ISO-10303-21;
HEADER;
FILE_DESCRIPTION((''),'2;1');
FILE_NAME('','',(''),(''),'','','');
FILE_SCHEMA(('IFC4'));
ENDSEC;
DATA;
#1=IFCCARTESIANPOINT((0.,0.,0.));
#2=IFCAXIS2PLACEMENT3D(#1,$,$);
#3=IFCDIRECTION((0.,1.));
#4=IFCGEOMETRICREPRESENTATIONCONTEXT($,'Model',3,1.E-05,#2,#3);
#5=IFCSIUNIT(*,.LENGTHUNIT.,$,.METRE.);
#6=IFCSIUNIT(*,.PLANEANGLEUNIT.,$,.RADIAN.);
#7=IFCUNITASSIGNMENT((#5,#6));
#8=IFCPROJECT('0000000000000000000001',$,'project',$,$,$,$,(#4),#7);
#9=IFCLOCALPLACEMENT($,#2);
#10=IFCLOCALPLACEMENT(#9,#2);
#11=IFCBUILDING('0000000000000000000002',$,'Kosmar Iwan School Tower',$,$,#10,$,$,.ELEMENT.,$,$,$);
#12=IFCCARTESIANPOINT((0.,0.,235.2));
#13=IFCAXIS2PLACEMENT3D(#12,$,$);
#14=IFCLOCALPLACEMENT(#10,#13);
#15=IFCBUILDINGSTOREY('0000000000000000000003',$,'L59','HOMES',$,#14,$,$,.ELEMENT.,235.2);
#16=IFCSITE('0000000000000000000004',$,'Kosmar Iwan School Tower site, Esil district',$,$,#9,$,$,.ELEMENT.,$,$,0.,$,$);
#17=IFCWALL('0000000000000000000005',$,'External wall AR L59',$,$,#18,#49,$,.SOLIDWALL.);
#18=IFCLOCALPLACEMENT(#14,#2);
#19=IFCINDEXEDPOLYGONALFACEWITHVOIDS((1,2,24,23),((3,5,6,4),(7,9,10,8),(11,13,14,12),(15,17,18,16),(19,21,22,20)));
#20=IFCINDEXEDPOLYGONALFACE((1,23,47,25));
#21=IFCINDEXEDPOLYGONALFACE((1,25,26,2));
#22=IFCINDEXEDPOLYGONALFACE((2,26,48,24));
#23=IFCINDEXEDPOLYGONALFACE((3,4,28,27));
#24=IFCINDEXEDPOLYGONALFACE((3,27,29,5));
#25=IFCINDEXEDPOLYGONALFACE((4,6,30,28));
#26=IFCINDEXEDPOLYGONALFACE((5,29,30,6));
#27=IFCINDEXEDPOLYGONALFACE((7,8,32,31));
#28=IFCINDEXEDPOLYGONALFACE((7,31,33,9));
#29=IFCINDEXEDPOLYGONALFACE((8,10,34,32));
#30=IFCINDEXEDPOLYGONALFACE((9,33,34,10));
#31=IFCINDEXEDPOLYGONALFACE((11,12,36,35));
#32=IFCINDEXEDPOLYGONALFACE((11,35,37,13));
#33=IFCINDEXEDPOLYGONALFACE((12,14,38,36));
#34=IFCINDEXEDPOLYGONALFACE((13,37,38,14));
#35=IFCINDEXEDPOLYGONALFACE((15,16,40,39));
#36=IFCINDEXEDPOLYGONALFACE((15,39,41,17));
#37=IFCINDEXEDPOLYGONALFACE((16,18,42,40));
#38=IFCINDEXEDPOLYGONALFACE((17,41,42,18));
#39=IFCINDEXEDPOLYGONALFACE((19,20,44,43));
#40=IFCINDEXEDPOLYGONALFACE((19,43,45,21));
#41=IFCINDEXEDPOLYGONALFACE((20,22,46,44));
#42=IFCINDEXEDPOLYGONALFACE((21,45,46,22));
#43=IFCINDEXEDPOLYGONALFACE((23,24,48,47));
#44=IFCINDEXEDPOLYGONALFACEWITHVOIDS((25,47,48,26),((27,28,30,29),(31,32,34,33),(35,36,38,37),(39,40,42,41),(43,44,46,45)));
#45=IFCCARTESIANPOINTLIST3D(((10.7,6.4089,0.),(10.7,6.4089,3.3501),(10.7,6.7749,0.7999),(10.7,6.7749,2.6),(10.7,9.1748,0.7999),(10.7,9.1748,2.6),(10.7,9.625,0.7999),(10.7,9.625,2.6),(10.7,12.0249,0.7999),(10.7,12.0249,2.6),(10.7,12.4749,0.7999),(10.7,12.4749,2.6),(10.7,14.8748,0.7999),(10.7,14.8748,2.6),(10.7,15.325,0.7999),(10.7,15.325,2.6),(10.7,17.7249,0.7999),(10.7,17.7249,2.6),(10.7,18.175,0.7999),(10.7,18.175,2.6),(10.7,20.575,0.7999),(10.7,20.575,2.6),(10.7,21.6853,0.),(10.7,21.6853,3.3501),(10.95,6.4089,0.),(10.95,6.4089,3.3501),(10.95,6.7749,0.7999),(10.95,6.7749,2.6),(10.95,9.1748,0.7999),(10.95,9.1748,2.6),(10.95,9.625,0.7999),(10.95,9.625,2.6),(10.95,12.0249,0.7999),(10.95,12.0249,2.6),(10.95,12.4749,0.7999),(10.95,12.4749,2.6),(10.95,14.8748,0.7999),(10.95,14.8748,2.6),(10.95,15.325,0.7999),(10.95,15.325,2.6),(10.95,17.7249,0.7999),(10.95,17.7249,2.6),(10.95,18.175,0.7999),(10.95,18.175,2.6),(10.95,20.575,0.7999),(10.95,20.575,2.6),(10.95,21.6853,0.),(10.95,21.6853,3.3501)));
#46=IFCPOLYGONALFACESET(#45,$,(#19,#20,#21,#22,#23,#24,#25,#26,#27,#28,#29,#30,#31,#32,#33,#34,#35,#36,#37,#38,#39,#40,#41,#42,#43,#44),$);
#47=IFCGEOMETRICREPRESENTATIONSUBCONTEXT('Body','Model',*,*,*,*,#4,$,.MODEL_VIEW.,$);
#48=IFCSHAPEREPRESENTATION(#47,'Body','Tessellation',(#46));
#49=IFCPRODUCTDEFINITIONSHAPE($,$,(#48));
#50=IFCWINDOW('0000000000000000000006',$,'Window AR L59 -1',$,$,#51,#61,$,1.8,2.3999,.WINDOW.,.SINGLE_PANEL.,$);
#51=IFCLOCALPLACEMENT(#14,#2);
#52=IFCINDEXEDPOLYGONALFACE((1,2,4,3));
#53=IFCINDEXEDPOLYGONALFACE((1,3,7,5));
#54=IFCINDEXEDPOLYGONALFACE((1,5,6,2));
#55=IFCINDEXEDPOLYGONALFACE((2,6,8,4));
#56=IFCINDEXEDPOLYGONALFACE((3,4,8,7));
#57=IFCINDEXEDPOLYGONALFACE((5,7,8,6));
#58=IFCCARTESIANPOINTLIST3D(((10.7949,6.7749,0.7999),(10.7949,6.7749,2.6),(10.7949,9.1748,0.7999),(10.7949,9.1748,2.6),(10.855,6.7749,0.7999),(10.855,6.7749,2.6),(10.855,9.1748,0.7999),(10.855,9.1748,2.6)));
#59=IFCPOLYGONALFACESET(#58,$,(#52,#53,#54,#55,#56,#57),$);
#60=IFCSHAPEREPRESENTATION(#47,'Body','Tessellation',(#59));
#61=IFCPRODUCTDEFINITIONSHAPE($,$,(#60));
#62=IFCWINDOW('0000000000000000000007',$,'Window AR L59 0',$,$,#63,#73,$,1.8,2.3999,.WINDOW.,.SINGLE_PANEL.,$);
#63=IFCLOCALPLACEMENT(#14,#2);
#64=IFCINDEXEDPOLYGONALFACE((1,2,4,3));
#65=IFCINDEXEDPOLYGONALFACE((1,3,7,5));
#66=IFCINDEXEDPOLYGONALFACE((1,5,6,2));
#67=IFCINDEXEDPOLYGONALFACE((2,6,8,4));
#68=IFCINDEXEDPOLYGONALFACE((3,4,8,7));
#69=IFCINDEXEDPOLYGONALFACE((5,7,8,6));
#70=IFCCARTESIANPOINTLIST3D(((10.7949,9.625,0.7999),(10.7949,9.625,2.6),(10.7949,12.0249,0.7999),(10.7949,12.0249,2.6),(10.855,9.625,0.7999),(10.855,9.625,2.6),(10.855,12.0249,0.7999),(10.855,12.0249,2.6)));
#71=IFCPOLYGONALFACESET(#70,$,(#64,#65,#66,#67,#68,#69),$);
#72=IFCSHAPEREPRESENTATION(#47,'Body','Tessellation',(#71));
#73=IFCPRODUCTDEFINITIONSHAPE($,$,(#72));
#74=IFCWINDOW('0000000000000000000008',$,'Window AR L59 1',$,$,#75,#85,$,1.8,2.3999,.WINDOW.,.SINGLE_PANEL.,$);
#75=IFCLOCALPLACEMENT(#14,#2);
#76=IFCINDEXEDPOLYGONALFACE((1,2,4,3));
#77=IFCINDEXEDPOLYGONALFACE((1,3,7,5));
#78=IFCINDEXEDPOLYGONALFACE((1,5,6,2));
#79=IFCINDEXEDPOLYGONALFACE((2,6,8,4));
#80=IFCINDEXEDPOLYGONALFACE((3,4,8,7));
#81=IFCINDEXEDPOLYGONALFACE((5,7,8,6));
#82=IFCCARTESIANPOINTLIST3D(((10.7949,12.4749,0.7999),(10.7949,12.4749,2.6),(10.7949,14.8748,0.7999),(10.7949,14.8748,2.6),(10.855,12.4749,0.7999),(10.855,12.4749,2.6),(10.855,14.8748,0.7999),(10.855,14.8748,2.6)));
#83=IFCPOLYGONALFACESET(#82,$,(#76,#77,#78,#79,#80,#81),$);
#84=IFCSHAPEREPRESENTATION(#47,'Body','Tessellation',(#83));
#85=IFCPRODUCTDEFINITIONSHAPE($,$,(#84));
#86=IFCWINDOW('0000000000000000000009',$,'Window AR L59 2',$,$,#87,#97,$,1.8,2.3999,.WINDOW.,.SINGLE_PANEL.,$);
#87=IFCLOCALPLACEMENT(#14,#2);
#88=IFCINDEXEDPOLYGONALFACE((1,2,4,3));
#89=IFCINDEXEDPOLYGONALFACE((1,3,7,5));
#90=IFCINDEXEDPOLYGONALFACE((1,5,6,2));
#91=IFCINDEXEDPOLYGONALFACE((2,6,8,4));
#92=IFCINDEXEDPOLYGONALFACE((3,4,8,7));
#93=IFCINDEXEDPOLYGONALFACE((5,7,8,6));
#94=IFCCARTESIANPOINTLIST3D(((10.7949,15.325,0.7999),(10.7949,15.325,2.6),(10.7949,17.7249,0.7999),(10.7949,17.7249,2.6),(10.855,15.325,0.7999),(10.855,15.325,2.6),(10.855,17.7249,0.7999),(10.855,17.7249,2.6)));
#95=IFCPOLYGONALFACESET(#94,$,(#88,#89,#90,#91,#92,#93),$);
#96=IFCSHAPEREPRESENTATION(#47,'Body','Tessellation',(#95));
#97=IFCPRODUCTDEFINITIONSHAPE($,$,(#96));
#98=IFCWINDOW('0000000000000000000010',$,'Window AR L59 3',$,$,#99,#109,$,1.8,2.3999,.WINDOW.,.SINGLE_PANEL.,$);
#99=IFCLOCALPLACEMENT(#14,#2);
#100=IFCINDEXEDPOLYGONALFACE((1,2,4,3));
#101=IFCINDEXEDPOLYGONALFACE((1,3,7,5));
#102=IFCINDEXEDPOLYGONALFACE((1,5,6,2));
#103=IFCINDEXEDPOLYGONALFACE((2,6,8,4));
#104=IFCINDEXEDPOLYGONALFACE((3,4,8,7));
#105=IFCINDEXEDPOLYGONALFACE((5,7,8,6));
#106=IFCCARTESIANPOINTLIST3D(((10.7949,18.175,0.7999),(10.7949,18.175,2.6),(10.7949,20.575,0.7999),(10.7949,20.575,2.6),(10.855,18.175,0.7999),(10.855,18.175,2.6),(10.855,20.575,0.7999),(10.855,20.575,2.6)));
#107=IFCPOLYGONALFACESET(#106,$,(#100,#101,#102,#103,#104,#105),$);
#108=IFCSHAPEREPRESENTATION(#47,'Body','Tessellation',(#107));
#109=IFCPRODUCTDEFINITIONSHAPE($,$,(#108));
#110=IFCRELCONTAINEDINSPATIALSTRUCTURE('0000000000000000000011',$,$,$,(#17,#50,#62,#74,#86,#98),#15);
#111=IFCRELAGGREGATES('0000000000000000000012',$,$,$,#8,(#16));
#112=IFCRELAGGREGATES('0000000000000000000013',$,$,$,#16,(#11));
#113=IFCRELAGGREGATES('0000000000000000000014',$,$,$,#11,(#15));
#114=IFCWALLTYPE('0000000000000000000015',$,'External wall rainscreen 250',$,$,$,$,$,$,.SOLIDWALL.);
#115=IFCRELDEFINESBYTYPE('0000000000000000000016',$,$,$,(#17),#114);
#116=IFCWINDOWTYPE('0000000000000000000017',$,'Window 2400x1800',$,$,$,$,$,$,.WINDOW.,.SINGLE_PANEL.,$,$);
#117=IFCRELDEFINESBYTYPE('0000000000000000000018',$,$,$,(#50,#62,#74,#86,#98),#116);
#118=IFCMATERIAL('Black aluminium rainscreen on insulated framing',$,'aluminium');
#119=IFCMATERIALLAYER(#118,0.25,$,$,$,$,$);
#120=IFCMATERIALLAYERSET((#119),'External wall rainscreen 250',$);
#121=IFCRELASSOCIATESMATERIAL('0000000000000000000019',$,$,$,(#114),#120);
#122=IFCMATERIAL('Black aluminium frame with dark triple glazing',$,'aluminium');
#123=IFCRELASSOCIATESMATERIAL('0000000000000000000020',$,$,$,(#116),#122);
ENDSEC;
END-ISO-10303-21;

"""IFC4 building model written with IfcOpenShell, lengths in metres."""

from ifc_helpers import new_model, si_unit, direction, frame, frame_2d, origin, place, context, subcontext, project, spatial, rectangle, extrude, material, layer, layer_set, type_object, element, fill, save


model = new_model("IFC4")

# Units and contexts
model_context = context("Model", 3, precision=1e-05, world=origin(), true_north=direction((0.0, 1.0)))
body_context = subcontext(model_context, "Body", "Model", "MODEL_VIEW")
ifc_project = project(units=[si_unit("LENGTHUNIT", "METRE"), si_unit("PLANEANGLEUNIT", "RADIAN")], contexts=[model_context])

# Site, building, storey
site_placement = place(None, origin())
site = spatial("IfcSite", under=ifc_project, at=site_placement, Name="Kosmar Iwan School Tower site, Esil district", CompositionType="ELEMENT", RefElevation=0.0)
building_placement = place(site_placement, origin())
building = spatial("IfcBuilding", under=site, at=building_placement, Name="Kosmar Iwan School Tower", CompositionType="ELEMENT")
storey_placement = place(building_placement, frame((0.0, 0.0, 235.2)))
storey = spatial("IfcBuildingStorey", under=building, at=storey_placement, Name="L59", Description="HOMES", CompositionType="ELEMENT", Elevation=235.2)

# Wall, openings, windows
ifc_material_1 = material(Name="Black aluminium rainscreen on insulated framing", Category="aluminium")
ifc_layer_1 = layer(ifc_material_1, 0.25)
ifc_layer_set_1 = layer_set([ifc_layer_1], Name="External wall rainscreen 250")
wall_type_1 = type_object("IfcWallType", Name="External wall rainscreen 250", PredefinedType="SOLIDWALL", material=ifc_layer_set_1)
ifc_material_2 = material(Name="Black aluminium frame with dark triple glazing", Category="aluminium")
window_type = type_object("IfcWindowType", Name="Window 2400x1800", PartitioningType="SINGLE_PANEL", PredefinedType="WINDOW", material=ifc_material_2)
wall_1_placement = place(storey_placement, frame((10.825, 6.4089, 0.0), z_axis=(0.0, 0.0, 1.0), x_axis=(0.0, 1.0, 0.0)))
wall_1 = element("IfcWall", 1, at=wall_1_placement, inside=storey, type_object=wall_type_1, Name="External wall AR L59", PredefinedType="SOLIDWALL", context=body_context, shape_type="SweptSolid", body=[
    extrude(rectangle(XDim=15.2764, YDim=0.25, at=frame_2d((7.6382, 0.0))), origin(), (0.0, 0.0, 1.0), 3.3501),
])
opening_1_placement = place(wall_1_placement, frame((0.366, 0.0, 0.8)))
opening_1 = element("IfcOpeningElement", 2, at=opening_1_placement, cuts=wall_1, PredefinedType="OPENING", context=body_context, shape_type="SweptSolid", body=[
    extrude(rectangle(XDim=2.3999, YDim=1.8, at=frame_2d((1.2, 0.8999))), frame((0.0, 0.137, 0.0), z_axis=(0.0, -1.0, 0.0), x_axis=(1.0, 0.0, 0.0)), (0.0, 0.0, 1.0), 0.2739),
])
opening_2_placement = place(wall_1_placement, frame((3.2161, 0.0, 0.8)))
opening_2 = element("IfcOpeningElement", 3, at=opening_2_placement, cuts=wall_1, PredefinedType="OPENING", context=body_context, shape_type="SweptSolid", body=[
    extrude(rectangle(XDim=2.3999, YDim=1.8, at=frame_2d((1.2, 0.8999))), frame((0.0, 0.137, 0.0), z_axis=(0.0, -1.0, 0.0), x_axis=(1.0, 0.0, 0.0)), (0.0, 0.0, 1.0), 0.2739),
])
opening_3_placement = place(wall_1_placement, frame((6.0659, 0.0, 0.8)))
opening_3 = element("IfcOpeningElement", 4, at=opening_3_placement, cuts=wall_1, PredefinedType="OPENING", context=body_context, shape_type="SweptSolid", body=[
    extrude(rectangle(XDim=2.3999, YDim=1.8, at=frame_2d((1.2, 0.8999))), frame((0.0, 0.137, 0.0), z_axis=(0.0, -1.0, 0.0), x_axis=(1.0, 0.0, 0.0)), (0.0, 0.0, 1.0), 0.2739),
])
opening_4_placement = place(wall_1_placement, frame((8.916, 0.0, 0.8)))
opening_4 = element("IfcOpeningElement", 5, at=opening_4_placement, cuts=wall_1, PredefinedType="OPENING", context=body_context, shape_type="SweptSolid", body=[
    extrude(rectangle(XDim=2.3999, YDim=1.8, at=frame_2d((1.2, 0.8999))), frame((0.0, 0.137, 0.0), z_axis=(0.0, -1.0, 0.0), x_axis=(1.0, 0.0, 0.0)), (0.0, 0.0, 1.0), 0.2739),
])
opening_5_placement = place(wall_1_placement, frame((11.7661, 0.0, 0.8)))
opening_5 = element("IfcOpeningElement", 6, at=opening_5_placement, cuts=wall_1, PredefinedType="OPENING", context=body_context, shape_type="SweptSolid", body=[
    extrude(rectangle(XDim=2.3999, YDim=1.8, at=frame_2d((1.2, 0.8999))), frame((0.0, 0.137, 0.0), z_axis=(0.0, -1.0, 0.0), x_axis=(1.0, 0.0, 0.0)), (0.0, 0.0, 1.0), 0.2739),
])
window_1_placement = place(opening_1_placement, origin())
window_1 = element("IfcWindow", 7, at=window_1_placement, inside=storey, type_object=window_type, Name="Window AR L59 -1", OverallHeight=1.8, OverallWidth=2.3999, PartitioningType="SINGLE_PANEL", PredefinedType="WINDOW", context=body_context, shape_type="SweptSolid", body=[
    extrude(rectangle(XDim=2.3999, YDim=1.8, at=frame_2d((1.2, 0.8999))), frame((0.0, 0.03, 0.0), z_axis=(0.0, -1.0, 0.0), x_axis=(1.0, 0.0, 0.0)), (0.0, 0.0, 1.0), 0.0601),
])
fill(opening_1, window_1)
window_2_placement = place(opening_2_placement, origin())
window_2 = element("IfcWindow", 8, at=window_2_placement, inside=storey, type_object=window_type, Name="Window AR L59 0", OverallHeight=1.8, OverallWidth=2.3999, PartitioningType="SINGLE_PANEL", PredefinedType="WINDOW", context=body_context, shape_type="SweptSolid", body=[
    extrude(rectangle(XDim=2.3999, YDim=1.8, at=frame_2d((1.2, 0.8999))), frame((0.0, 0.03, 0.0), z_axis=(0.0, -1.0, 0.0), x_axis=(1.0, 0.0, 0.0)), (0.0, 0.0, 1.0), 0.0601),
])
fill(opening_2, window_2)
window_3_placement = place(opening_3_placement, origin())
window_3 = element("IfcWindow", 9, at=window_3_placement, inside=storey, type_object=window_type, Name="Window AR L59 1", OverallHeight=1.8, OverallWidth=2.3999, PartitioningType="SINGLE_PANEL", PredefinedType="WINDOW", context=body_context, shape_type="SweptSolid", body=[
    extrude(rectangle(XDim=2.3999, YDim=1.8, at=frame_2d((1.2, 0.8999))), frame((0.0, 0.03, 0.0), z_axis=(0.0, -1.0, 0.0), x_axis=(1.0, 0.0, 0.0)), (0.0, 0.0, 1.0), 0.0601),
])
fill(opening_3, window_3)
window_4_placement = place(opening_4_placement, origin())
window_4 = element("IfcWindow", 10, at=window_4_placement, inside=storey, type_object=window_type, Name="Window AR L59 2", OverallHeight=1.8, OverallWidth=2.3999, PartitioningType="SINGLE_PANEL", PredefinedType="WINDOW", context=body_context, shape_type="SweptSolid", body=[
    extrude(rectangle(XDim=2.3999, YDim=1.8, at=frame_2d((1.2, 0.8999))), frame((0.0, 0.03, 0.0), z_axis=(0.0, -1.0, 0.0), x_axis=(1.0, 0.0, 0.0)), (0.0, 0.0, 1.0), 0.0601),
])
fill(opening_4, window_4)
window_5_placement = place(opening_5_placement, origin())
window_5 = element("IfcWindow", 11, at=window_5_placement, inside=storey, type_object=window_type, Name="Window AR L59 3", OverallHeight=1.8, OverallWidth=2.3999, PartitioningType="SINGLE_PANEL", PredefinedType="WINDOW", context=body_context, shape_type="SweptSolid", body=[
    extrude(rectangle(XDim=2.3999, YDim=1.8, at=frame_2d((1.2, 0.8999))), frame((0.0, 0.03, 0.0), z_axis=(0.0, -1.0, 0.0), x_axis=(1.0, 0.0, 0.0)), (0.0, 0.0, 1.0), 0.0601),
])
fill(opening_5, window_5)

save(model, "model.ifc")
